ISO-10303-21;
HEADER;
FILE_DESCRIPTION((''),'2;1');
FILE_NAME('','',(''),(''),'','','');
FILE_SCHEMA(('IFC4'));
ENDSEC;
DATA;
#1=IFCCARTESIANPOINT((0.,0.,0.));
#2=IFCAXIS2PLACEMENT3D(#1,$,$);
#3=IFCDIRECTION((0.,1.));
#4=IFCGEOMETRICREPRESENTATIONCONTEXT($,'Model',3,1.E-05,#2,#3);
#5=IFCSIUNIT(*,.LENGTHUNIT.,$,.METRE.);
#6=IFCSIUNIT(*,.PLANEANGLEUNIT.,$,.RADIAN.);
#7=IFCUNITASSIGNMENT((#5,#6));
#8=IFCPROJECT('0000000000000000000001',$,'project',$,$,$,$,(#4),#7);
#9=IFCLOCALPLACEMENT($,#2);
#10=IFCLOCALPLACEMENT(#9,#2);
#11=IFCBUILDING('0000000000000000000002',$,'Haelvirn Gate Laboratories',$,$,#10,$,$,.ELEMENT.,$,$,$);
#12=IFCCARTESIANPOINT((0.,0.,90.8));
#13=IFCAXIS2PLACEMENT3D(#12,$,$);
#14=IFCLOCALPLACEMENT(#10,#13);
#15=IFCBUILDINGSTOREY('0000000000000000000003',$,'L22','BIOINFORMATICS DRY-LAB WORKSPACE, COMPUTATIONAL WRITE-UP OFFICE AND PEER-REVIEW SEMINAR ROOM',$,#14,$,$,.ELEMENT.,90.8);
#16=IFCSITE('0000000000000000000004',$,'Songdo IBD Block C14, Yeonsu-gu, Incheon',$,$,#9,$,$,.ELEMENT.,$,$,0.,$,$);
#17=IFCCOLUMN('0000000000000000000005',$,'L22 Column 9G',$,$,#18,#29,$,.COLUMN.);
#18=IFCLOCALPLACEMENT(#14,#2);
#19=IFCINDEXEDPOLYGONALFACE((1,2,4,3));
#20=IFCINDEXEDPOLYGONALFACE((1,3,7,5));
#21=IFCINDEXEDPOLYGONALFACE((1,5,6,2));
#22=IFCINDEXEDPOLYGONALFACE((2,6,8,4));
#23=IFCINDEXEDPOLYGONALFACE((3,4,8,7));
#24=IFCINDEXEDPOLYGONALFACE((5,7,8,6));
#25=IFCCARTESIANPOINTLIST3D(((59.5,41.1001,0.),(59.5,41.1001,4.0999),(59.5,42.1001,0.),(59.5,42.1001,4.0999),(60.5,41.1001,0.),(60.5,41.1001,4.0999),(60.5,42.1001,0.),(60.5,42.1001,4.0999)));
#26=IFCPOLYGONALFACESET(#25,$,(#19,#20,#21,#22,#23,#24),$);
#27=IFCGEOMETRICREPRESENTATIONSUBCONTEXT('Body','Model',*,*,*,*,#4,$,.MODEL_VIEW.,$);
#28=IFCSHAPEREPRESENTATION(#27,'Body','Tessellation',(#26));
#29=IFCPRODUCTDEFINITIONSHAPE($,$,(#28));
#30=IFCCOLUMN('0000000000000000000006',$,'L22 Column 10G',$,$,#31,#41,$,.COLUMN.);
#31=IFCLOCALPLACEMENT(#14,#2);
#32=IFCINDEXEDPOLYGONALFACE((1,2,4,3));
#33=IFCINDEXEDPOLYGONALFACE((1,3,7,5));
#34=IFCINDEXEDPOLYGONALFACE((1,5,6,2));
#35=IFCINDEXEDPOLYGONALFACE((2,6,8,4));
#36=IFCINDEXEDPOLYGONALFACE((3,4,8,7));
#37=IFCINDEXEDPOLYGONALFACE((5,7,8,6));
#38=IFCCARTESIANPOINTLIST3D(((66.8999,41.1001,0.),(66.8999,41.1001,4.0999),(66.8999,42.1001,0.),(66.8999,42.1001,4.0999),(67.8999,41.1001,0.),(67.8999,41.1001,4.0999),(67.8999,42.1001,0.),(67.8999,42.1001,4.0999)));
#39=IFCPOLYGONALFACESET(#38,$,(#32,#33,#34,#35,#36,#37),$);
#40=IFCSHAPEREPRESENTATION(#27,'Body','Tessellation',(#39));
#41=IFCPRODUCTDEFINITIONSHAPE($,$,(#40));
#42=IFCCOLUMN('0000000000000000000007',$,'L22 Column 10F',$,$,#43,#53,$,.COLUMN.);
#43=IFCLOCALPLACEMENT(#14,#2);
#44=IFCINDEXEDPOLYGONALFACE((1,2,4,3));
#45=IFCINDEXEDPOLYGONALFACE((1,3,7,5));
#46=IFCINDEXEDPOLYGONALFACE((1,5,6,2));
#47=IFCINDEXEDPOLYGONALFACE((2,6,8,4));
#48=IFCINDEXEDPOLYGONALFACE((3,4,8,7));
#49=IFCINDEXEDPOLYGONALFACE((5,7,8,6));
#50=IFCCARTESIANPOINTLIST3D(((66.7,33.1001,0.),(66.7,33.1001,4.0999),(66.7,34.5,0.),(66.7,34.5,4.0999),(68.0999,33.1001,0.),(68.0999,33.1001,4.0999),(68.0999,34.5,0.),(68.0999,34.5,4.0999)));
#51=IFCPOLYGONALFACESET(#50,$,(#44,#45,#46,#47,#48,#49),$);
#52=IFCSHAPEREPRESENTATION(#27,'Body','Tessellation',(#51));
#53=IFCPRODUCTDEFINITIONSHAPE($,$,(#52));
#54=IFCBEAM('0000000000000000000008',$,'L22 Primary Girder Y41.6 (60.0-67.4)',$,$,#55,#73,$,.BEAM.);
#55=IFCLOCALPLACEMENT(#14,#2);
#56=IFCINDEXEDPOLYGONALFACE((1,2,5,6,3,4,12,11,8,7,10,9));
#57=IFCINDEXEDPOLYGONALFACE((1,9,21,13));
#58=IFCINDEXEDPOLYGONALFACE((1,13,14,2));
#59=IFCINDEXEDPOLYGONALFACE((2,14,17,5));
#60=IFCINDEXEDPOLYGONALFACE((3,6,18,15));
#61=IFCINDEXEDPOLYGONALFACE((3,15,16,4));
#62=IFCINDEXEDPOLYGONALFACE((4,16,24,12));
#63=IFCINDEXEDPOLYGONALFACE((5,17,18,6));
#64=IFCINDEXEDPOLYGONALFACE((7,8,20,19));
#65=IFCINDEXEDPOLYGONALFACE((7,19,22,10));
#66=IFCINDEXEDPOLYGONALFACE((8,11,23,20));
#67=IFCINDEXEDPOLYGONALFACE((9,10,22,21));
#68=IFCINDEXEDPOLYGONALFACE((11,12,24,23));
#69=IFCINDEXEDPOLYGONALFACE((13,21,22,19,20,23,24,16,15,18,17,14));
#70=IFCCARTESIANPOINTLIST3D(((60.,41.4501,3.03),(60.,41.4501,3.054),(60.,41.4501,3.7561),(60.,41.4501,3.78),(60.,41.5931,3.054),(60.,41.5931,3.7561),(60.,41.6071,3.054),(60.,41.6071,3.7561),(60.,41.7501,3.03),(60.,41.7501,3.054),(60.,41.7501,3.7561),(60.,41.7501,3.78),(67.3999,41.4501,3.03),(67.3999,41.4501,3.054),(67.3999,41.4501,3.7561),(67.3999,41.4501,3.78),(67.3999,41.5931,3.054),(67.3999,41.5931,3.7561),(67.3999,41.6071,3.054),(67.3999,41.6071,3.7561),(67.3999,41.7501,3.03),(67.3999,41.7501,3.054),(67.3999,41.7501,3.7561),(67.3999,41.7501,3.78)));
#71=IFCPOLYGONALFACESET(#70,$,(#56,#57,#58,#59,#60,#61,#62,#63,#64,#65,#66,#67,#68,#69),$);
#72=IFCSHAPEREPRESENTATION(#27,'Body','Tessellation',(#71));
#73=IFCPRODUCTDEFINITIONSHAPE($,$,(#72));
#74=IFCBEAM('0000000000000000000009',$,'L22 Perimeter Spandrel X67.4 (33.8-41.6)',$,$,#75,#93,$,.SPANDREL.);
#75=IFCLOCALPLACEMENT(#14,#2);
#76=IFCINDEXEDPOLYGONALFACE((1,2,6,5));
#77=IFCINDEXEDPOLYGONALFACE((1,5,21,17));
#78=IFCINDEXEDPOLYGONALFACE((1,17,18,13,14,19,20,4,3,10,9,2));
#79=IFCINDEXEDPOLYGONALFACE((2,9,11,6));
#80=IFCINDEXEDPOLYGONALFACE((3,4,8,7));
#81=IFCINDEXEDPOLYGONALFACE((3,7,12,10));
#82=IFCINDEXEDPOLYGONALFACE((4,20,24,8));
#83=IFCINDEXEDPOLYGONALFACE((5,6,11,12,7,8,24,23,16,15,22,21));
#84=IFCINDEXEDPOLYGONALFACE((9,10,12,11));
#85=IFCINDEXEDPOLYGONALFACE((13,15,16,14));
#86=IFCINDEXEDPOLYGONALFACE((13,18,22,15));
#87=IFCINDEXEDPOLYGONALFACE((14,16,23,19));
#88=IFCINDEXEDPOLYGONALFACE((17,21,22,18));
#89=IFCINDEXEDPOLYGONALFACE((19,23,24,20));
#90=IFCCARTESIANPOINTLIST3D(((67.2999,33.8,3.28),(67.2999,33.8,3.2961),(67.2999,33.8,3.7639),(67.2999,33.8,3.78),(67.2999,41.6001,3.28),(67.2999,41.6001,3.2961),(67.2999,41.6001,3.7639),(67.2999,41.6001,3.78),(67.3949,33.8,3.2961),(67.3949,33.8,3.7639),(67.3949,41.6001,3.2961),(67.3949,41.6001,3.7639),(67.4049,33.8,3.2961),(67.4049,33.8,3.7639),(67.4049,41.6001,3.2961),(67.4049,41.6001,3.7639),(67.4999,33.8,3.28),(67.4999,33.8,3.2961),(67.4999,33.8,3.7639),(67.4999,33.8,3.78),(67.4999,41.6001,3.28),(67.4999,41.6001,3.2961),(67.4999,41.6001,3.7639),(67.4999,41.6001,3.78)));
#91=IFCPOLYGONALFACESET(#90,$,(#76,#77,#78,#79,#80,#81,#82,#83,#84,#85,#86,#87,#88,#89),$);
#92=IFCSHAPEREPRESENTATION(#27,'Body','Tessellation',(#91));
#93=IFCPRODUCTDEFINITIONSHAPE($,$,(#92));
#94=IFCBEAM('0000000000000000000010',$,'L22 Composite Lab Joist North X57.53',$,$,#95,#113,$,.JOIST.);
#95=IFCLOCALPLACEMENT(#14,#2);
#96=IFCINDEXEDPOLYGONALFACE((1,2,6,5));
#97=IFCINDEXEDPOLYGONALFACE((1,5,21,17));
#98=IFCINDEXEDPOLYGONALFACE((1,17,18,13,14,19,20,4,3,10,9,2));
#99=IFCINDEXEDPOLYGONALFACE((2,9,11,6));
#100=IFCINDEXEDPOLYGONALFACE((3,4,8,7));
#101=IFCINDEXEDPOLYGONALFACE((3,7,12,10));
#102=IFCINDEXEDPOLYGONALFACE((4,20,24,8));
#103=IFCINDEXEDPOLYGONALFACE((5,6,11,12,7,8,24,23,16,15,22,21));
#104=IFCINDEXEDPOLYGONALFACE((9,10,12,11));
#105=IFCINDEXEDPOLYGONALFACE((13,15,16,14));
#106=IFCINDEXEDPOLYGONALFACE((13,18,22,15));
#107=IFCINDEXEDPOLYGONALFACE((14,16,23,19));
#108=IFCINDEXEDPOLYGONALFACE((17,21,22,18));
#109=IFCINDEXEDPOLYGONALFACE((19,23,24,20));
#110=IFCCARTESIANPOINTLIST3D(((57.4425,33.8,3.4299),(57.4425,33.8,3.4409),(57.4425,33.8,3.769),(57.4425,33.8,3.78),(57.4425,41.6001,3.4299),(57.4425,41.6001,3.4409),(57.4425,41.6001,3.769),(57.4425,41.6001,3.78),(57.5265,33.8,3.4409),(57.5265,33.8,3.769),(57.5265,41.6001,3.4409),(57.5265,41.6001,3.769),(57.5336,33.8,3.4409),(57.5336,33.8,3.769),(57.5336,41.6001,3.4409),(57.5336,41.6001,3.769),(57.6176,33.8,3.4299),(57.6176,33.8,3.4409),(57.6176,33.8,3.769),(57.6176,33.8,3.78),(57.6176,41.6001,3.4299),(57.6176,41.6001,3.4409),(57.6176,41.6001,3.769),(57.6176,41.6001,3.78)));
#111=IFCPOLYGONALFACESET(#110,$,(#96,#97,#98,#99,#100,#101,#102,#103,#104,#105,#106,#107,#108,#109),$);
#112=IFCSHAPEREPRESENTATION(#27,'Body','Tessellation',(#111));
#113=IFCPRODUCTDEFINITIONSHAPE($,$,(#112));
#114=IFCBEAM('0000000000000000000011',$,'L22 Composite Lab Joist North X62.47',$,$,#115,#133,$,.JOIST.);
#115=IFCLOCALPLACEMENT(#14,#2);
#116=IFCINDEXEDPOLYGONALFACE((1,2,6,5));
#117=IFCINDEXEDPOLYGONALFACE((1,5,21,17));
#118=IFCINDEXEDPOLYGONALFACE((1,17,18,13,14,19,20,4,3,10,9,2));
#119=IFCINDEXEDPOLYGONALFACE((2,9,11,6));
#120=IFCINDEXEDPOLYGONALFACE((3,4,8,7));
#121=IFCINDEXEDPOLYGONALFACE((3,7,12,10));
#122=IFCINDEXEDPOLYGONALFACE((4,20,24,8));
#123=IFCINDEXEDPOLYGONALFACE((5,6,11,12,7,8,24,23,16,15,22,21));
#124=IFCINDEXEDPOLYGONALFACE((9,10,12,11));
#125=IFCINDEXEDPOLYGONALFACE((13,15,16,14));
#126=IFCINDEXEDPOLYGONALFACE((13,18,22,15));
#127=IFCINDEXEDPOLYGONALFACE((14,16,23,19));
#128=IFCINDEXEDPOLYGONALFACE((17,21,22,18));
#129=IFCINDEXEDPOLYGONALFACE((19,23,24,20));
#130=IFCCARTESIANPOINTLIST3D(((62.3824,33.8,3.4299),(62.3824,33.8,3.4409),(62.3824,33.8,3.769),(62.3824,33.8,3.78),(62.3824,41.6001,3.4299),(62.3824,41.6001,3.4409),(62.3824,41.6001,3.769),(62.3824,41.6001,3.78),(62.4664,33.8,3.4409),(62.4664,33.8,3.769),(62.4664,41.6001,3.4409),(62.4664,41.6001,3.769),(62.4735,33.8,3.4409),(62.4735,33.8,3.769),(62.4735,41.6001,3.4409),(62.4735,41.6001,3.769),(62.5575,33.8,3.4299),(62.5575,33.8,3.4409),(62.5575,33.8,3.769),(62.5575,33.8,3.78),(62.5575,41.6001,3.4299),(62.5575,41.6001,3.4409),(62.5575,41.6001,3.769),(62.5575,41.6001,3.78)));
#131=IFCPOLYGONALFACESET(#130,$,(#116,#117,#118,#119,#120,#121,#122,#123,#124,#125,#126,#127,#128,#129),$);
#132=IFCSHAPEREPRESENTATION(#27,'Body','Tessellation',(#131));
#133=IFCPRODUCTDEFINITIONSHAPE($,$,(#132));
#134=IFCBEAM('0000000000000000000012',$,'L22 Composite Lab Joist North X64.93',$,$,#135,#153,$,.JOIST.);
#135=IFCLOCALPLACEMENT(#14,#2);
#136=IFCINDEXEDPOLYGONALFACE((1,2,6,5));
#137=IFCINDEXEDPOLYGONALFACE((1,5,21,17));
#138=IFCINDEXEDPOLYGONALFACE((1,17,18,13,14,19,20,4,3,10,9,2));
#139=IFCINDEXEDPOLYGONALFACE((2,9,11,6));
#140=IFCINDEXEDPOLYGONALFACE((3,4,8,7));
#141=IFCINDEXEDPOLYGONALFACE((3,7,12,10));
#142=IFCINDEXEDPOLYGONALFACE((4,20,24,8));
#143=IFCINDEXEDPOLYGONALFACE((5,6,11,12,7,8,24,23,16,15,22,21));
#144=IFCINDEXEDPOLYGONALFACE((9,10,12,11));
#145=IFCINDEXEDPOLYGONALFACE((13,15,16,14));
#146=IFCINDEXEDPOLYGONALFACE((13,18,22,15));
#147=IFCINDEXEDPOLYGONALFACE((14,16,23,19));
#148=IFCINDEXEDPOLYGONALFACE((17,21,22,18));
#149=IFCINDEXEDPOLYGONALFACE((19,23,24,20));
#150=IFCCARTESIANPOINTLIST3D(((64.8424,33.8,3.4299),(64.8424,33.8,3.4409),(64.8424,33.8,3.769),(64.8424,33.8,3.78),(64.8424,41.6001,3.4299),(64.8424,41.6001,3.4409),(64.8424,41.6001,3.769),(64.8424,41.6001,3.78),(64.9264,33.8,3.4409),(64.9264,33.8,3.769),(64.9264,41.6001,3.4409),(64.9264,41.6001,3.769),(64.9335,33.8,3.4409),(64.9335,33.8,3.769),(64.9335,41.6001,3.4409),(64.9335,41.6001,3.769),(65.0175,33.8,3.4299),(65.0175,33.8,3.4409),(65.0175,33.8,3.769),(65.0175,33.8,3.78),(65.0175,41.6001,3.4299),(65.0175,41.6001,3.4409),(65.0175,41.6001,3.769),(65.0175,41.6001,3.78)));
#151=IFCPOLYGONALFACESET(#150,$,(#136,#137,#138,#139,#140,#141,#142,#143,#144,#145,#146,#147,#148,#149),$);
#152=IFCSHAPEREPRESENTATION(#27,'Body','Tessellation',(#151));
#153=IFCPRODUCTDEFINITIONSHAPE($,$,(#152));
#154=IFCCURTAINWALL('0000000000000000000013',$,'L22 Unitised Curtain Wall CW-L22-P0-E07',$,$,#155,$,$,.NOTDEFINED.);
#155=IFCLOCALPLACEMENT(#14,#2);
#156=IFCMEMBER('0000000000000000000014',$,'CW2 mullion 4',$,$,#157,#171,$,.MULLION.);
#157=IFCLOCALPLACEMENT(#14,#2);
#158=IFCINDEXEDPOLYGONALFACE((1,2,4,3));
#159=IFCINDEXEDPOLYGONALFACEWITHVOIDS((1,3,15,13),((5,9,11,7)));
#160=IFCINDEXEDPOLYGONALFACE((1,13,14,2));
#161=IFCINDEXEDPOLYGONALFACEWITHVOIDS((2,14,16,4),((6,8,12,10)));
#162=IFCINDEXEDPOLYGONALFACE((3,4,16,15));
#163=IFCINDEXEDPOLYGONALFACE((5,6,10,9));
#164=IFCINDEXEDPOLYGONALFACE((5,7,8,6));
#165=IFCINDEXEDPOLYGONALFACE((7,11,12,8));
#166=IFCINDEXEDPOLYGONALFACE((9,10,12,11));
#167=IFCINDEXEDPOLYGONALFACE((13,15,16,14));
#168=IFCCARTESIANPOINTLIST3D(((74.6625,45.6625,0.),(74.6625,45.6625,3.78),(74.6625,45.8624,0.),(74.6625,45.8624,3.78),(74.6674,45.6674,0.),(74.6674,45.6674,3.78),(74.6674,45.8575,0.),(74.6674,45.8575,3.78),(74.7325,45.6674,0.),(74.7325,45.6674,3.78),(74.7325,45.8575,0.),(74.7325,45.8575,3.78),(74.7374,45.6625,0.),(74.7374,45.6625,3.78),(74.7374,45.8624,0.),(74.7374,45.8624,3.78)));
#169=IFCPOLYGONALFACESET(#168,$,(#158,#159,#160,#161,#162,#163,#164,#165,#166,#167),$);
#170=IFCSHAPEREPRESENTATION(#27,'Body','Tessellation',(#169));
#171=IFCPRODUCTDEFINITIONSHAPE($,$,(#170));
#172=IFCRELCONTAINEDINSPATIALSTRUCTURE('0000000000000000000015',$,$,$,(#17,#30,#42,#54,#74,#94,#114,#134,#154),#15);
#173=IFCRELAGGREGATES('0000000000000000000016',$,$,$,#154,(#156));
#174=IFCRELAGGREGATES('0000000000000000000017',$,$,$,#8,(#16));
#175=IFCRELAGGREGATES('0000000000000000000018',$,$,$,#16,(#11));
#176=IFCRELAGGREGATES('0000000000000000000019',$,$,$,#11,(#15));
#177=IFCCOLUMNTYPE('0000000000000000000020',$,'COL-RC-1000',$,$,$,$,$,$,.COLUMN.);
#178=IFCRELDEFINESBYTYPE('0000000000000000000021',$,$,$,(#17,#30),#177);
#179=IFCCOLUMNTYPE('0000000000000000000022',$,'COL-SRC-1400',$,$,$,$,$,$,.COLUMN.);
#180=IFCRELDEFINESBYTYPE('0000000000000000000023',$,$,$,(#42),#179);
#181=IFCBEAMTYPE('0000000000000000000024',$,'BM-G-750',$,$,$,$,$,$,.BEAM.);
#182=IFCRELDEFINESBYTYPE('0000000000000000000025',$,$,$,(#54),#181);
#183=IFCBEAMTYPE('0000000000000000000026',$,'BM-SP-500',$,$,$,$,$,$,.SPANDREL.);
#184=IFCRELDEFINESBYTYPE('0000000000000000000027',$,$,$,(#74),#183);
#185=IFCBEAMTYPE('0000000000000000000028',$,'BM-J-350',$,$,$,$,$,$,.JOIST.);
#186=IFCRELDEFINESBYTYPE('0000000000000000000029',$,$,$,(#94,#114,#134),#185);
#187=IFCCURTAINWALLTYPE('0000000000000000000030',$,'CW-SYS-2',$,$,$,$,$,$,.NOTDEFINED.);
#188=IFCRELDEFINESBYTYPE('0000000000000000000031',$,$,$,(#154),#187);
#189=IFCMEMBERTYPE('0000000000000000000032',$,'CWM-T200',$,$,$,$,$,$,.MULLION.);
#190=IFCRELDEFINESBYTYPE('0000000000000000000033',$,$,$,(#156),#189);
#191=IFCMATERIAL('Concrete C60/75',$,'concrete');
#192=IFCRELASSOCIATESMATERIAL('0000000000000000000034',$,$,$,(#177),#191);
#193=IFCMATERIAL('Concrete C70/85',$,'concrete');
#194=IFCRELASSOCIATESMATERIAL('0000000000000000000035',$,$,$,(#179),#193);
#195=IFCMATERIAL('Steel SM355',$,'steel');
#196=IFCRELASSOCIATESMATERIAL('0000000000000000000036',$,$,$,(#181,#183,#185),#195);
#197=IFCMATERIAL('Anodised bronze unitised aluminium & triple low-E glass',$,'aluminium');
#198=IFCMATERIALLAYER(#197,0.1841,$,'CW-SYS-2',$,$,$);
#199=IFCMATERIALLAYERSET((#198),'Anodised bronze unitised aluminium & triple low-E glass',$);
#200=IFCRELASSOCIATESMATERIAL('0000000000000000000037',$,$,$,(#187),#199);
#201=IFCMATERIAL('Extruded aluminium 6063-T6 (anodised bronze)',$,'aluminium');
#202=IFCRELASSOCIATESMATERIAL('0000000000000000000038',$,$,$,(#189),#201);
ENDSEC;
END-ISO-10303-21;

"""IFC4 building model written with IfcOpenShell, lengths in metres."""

from ifc_helpers import new_model, si_unit, direction, frame, origin, origin_2d, place, context, subcontext, project, spatial, rectangle, hollow_rectangle, i_section, extrude, source, transform, mapped, material, layer, layer_set, material_profile, profile_set, type_object, type_shapes, element, aggregate, save


model = new_model("IFC4")

# Units and contexts
model_context = context("Model", 3, precision=1e-05, world=origin(), true_north=direction((0.0, 1.0)))
body_context = subcontext(model_context, "Body", "Model", "MODEL_VIEW")
ifc_project = project(units=[si_unit("LENGTHUNIT", "METRE"), si_unit("PLANEANGLEUNIT", "RADIAN")], contexts=[model_context])

# Site, building, storey
site_placement = place(None, origin())
site = spatial("IfcSite", under=ifc_project, at=site_placement, Name="Songdo IBD Block C14, Yeonsu-gu, Incheon", CompositionType="ELEMENT", RefElevation=0.0)
building_placement = place(site_placement, origin())
building = spatial("IfcBuilding", under=site, at=building_placement, Name="Haelvirn Gate Laboratories", CompositionType="ELEMENT")
storey_placement = place(building_placement, frame((0.0, 0.0, 90.8)))
storey = spatial("IfcBuildingStorey", under=building, at=storey_placement, Name="L22", Description="BIOINFORMATICS DRY-LAB WORKSPACE, COMPUTATIONAL WRITE-UP OFFICE AND PEER-REVIEW SEMINAR ROOM", CompositionType="ELEMENT", Elevation=90.8)

# Columns
ifc_material_1 = material(Name="Concrete C60/75", Category="concrete")
ifc_material_profile_1 = material_profile(ifc_material_1, rectangle(XDim=1.0, YDim=1.0, at=origin_2d()), Name="RC-1000x1000")
ifc_profile_set_1 = profile_set([ifc_material_profile_1], Name="Concrete C60/75")
column_type_1 = type_object("IfcColumnType", Name="COL-RC-1000", PredefinedType="COLUMN", material=ifc_profile_set_1)
shared_shape_1 = source(origin(), body_context, "Body", "SweptSolid", [
    extrude(rectangle(XDim=1.0, YDim=1.0, at=origin_2d()), origin(), (0.0, 0.0, 1.0), 4.0999),
])
type_shapes(column_type_1, [shared_shape_1])
for number, where, z_axis, x_axis, name in (
    (1, (60.0, 41.6001, 0.0), (0.0, 0.0, 1.0), (1.0, 0.0, 0.0), "L22 Column 9G"),
    (2, (67.3999, 41.6001, 0.0), (0.0, 0.0, 1.0), (1.0, 0.0, 0.0), "L22 Column 10G"),
):
    element("IfcColumn", number, at=place(storey_placement, frame(where, z_axis=z_axis, x_axis=x_axis)), inside=storey, type_object=column_type_1, Name=name, PredefinedType="COLUMN", context=body_context, shape_type="MappedRepresentation", body=[
        mapped(shared_shape_1, transform((0.0, 0.0, 0.0), scale=1.0)),
    ])
ifc_material_2 = material(Name="Concrete C70/85", Category="concrete")
ifc_material_profile_2 = material_profile(ifc_material_2, rectangle(XDim=1.3999, YDim=1.3999, at=origin_2d()), Name="SRC-1400x1400")
ifc_profile_set_2 = profile_set([ifc_material_profile_2], Name="Concrete C70/85")
column_type_2 = type_object("IfcColumnType", Name="COL-SRC-1400", PredefinedType="COLUMN", material=ifc_profile_set_2)
shared_shape_2 = source(origin(), body_context, "Body", "SweptSolid", [
    extrude(rectangle(XDim=1.3999, YDim=1.3999, at=origin_2d()), origin(), (0.0, 0.0, 1.0), 4.0999),
])
type_shapes(column_type_2, [shared_shape_2])
column_placement = place(storey_placement, frame((67.3999, 33.8, 0.0), z_axis=(0.0, 0.0, 1.0), x_axis=(1.0, 0.0, 0.0)))
element("IfcColumn", 3, at=column_placement, inside=storey, type_object=column_type_2, Name="L22 Column 10F", PredefinedType="COLUMN", context=body_context, shape_type="MappedRepresentation", body=[
    mapped(shared_shape_2, transform((0.0, 0.0, 0.0), scale=1.0)),
])

# Beams
ifc_material_3 = material(Name="Steel SM355", Category="steel")
ifc_material_profile_3 = material_profile(ifc_material_3, i_section(OverallWidth=0.3, OverallDepth=0.75, WebThickness=0.0139, FlangeThickness=0.0239, at=origin_2d()), Name="H-750x300x14x24")
ifc_profile_set_3 = profile_set([ifc_material_profile_3], Name="Steel SM355")
beam_type_1 = type_object("IfcBeamType", Name="BM-G-750", PredefinedType="BEAM", material=ifc_profile_set_3)
shared_shape_3 = source(origin(), body_context, "Body", "SweptSolid", [
    extrude(i_section(OverallWidth=0.3, OverallDepth=0.75, WebThickness=0.0139, FlangeThickness=0.0239, at=origin_2d()), origin(), (0.0, 0.0, 1.0), 7.3999),
])
type_shapes(beam_type_1, [shared_shape_3])
beam_1_placement = place(storey_placement, frame((60.0, 41.6001, 3.405), z_axis=(1.0, 0.0, 0.0), x_axis=(0.0, 1.0, 0.0)))
element("IfcBeam", 4, at=beam_1_placement, inside=storey, type_object=beam_type_1, Name="L22 Primary Girder Y41.6 (60.0-67.4)", PredefinedType="BEAM", context=body_context, shape_type="MappedRepresentation", body=[
    mapped(shared_shape_3, transform((0.0, 0.0, 0.0), scale=1.0)),
])
ifc_material_profile_4 = material_profile(ifc_material_3, i_section(OverallWidth=0.2, OverallDepth=0.5, WebThickness=0.01, FlangeThickness=0.0161, at=origin_2d()), Name="H-500x200x10x16")
ifc_profile_set_4 = profile_set([ifc_material_profile_4], Name="Steel SM355")
beam_type_2 = type_object("IfcBeamType", Name="BM-SP-500", PredefinedType="SPANDREL", material=ifc_profile_set_4)
shared_shape_4 = source(origin(), body_context, "Body", "SweptSolid", [
    extrude(i_section(OverallWidth=0.2, OverallDepth=0.5, WebThickness=0.01, FlangeThickness=0.0161, at=origin_2d()), origin(), (0.0, 0.0, 1.0), 7.8),
])
type_shapes(beam_type_2, [shared_shape_4])
beam_2_placement = place(storey_placement, frame((67.3999, 33.8, 3.53), z_axis=(0.0, 1.0, 0.0), x_axis=(-1.0, 0.0, 0.0)))
element("IfcBeam", 5, at=beam_2_placement, inside=storey, type_object=beam_type_2, Name="L22 Perimeter Spandrel X67.4 (33.8-41.6)", PredefinedType="SPANDREL", context=body_context, shape_type="MappedRepresentation", body=[
    mapped(shared_shape_4, transform((0.0, 0.0, 0.0), scale=1.0)),
])
ifc_material_profile_5 = material_profile(ifc_material_3, i_section(OverallWidth=0.175, OverallDepth=0.3501, WebThickness=0.0071, FlangeThickness=0.011, at=origin_2d()), Name="H-350x175x7x11")
ifc_profile_set_5 = profile_set([ifc_material_profile_5], Name="Steel SM355")
beam_type_3 = type_object("IfcBeamType", Name="BM-J-350", PredefinedType="JOIST", material=ifc_profile_set_5)
shared_shape_5 = source(origin(), body_context, "Body", "SweptSolid", [
    extrude(i_section(OverallWidth=0.175, OverallDepth=0.3501, WebThickness=0.0071, FlangeThickness=0.011, at=origin_2d()), origin(), (0.0, 0.0, 1.0), 7.8),
])
type_shapes(beam_type_3, [shared_shape_5])
for number, where, z_axis, x_axis, name in (
    (6, (57.53, 33.8, 3.605), (0.0, 1.0, 0.0), (-1.0, 0.0, 0.0), "L22 Composite Lab Joist North X57.53"),
    (7, (62.47, 33.8, 3.605), (0.0, 1.0, 0.0), (-1.0, 0.0, 0.0), "L22 Composite Lab Joist North X62.47"),
    (8, (64.9299, 33.8, 3.605), (0.0, 1.0, 0.0), (-1.0, 0.0, 0.0), "L22 Composite Lab Joist North X64.93"),
):
    element("IfcBeam", number, at=place(storey_placement, frame(where, z_axis=z_axis, x_axis=x_axis)), inside=storey, type_object=beam_type_3, Name=name, PredefinedType="JOIST", context=body_context, shape_type="MappedRepresentation", body=[
        mapped(shared_shape_5, transform((0.0, 0.0, 0.0), scale=1.0)),
    ])

# Curtain wall, member
ifc_material_4 = material(Name="Anodised bronze unitised aluminium & triple low-E glass", Category="aluminium")
ifc_layer_1 = layer(ifc_material_4, 0.1841, Name="CW-SYS-2")
ifc_layer_set_1 = layer_set([ifc_layer_1], Name="Anodised bronze unitised aluminium & triple low-E glass")
curtain_wall_type_1 = type_object("IfcCurtainWallType", Name="CW-SYS-2", PredefinedType="NOTDEFINED", material=ifc_layer_set_1)
curtain_wall_1_placement = place(storey_placement, origin())
curtain_wall_1 = element("IfcCurtainWall", 9, at=curtain_wall_1_placement, inside=storey, type_object=curtain_wall_type_1, Name="L22 Unitised Curtain Wall CW-L22-P0-E07", PredefinedType="NOTDEFINED")
ifc_material_5 = material(Name="Extruded aluminium 6063-T6 (anodised bronze)", Category="aluminium")
ifc_material_profile_6 = material_profile(ifc_material_5, hollow_rectangle(XDim=0.075, YDim=0.2, WallThickness=0.0049, at=origin_2d()), Name="CWM-200x75x5")
ifc_profile_set_6 = profile_set([ifc_material_profile_6], Name="Extruded aluminium 6063-T6 (anodised bronze)")
member_type_1 = type_object("IfcMemberType", Name="CWM-T200", PredefinedType="MULLION", material=ifc_profile_set_6)
shared_shape_6 = source(origin(), body_context, "Body", "SweptSolid", [
    extrude(hollow_rectangle(XDim=0.075, YDim=0.2, WallThickness=0.0049, at=origin_2d()), origin(), (0.0, 0.0, 1.0), 3.78),
])
type_shapes(member_type_1, [shared_shape_6])
member_1_placement = place(storey_placement, frame((74.7, 45.7625, 0.0), z_axis=(0.0, 0.0, 1.0), x_axis=(-1.0, 0.0, 0.0)))
member_1 = element("IfcMember", 10, at=member_1_placement, type_object=member_type_1, Name="CW2 mullion 4", PredefinedType="MULLION", context=body_context, shape_type="MappedRepresentation", body=[
    mapped(shared_shape_6, transform((0.0, 0.0, 0.0), scale=1.0)),
])

aggregate(curtain_wall_1, [member_1])

save(model, "model.ifc")
